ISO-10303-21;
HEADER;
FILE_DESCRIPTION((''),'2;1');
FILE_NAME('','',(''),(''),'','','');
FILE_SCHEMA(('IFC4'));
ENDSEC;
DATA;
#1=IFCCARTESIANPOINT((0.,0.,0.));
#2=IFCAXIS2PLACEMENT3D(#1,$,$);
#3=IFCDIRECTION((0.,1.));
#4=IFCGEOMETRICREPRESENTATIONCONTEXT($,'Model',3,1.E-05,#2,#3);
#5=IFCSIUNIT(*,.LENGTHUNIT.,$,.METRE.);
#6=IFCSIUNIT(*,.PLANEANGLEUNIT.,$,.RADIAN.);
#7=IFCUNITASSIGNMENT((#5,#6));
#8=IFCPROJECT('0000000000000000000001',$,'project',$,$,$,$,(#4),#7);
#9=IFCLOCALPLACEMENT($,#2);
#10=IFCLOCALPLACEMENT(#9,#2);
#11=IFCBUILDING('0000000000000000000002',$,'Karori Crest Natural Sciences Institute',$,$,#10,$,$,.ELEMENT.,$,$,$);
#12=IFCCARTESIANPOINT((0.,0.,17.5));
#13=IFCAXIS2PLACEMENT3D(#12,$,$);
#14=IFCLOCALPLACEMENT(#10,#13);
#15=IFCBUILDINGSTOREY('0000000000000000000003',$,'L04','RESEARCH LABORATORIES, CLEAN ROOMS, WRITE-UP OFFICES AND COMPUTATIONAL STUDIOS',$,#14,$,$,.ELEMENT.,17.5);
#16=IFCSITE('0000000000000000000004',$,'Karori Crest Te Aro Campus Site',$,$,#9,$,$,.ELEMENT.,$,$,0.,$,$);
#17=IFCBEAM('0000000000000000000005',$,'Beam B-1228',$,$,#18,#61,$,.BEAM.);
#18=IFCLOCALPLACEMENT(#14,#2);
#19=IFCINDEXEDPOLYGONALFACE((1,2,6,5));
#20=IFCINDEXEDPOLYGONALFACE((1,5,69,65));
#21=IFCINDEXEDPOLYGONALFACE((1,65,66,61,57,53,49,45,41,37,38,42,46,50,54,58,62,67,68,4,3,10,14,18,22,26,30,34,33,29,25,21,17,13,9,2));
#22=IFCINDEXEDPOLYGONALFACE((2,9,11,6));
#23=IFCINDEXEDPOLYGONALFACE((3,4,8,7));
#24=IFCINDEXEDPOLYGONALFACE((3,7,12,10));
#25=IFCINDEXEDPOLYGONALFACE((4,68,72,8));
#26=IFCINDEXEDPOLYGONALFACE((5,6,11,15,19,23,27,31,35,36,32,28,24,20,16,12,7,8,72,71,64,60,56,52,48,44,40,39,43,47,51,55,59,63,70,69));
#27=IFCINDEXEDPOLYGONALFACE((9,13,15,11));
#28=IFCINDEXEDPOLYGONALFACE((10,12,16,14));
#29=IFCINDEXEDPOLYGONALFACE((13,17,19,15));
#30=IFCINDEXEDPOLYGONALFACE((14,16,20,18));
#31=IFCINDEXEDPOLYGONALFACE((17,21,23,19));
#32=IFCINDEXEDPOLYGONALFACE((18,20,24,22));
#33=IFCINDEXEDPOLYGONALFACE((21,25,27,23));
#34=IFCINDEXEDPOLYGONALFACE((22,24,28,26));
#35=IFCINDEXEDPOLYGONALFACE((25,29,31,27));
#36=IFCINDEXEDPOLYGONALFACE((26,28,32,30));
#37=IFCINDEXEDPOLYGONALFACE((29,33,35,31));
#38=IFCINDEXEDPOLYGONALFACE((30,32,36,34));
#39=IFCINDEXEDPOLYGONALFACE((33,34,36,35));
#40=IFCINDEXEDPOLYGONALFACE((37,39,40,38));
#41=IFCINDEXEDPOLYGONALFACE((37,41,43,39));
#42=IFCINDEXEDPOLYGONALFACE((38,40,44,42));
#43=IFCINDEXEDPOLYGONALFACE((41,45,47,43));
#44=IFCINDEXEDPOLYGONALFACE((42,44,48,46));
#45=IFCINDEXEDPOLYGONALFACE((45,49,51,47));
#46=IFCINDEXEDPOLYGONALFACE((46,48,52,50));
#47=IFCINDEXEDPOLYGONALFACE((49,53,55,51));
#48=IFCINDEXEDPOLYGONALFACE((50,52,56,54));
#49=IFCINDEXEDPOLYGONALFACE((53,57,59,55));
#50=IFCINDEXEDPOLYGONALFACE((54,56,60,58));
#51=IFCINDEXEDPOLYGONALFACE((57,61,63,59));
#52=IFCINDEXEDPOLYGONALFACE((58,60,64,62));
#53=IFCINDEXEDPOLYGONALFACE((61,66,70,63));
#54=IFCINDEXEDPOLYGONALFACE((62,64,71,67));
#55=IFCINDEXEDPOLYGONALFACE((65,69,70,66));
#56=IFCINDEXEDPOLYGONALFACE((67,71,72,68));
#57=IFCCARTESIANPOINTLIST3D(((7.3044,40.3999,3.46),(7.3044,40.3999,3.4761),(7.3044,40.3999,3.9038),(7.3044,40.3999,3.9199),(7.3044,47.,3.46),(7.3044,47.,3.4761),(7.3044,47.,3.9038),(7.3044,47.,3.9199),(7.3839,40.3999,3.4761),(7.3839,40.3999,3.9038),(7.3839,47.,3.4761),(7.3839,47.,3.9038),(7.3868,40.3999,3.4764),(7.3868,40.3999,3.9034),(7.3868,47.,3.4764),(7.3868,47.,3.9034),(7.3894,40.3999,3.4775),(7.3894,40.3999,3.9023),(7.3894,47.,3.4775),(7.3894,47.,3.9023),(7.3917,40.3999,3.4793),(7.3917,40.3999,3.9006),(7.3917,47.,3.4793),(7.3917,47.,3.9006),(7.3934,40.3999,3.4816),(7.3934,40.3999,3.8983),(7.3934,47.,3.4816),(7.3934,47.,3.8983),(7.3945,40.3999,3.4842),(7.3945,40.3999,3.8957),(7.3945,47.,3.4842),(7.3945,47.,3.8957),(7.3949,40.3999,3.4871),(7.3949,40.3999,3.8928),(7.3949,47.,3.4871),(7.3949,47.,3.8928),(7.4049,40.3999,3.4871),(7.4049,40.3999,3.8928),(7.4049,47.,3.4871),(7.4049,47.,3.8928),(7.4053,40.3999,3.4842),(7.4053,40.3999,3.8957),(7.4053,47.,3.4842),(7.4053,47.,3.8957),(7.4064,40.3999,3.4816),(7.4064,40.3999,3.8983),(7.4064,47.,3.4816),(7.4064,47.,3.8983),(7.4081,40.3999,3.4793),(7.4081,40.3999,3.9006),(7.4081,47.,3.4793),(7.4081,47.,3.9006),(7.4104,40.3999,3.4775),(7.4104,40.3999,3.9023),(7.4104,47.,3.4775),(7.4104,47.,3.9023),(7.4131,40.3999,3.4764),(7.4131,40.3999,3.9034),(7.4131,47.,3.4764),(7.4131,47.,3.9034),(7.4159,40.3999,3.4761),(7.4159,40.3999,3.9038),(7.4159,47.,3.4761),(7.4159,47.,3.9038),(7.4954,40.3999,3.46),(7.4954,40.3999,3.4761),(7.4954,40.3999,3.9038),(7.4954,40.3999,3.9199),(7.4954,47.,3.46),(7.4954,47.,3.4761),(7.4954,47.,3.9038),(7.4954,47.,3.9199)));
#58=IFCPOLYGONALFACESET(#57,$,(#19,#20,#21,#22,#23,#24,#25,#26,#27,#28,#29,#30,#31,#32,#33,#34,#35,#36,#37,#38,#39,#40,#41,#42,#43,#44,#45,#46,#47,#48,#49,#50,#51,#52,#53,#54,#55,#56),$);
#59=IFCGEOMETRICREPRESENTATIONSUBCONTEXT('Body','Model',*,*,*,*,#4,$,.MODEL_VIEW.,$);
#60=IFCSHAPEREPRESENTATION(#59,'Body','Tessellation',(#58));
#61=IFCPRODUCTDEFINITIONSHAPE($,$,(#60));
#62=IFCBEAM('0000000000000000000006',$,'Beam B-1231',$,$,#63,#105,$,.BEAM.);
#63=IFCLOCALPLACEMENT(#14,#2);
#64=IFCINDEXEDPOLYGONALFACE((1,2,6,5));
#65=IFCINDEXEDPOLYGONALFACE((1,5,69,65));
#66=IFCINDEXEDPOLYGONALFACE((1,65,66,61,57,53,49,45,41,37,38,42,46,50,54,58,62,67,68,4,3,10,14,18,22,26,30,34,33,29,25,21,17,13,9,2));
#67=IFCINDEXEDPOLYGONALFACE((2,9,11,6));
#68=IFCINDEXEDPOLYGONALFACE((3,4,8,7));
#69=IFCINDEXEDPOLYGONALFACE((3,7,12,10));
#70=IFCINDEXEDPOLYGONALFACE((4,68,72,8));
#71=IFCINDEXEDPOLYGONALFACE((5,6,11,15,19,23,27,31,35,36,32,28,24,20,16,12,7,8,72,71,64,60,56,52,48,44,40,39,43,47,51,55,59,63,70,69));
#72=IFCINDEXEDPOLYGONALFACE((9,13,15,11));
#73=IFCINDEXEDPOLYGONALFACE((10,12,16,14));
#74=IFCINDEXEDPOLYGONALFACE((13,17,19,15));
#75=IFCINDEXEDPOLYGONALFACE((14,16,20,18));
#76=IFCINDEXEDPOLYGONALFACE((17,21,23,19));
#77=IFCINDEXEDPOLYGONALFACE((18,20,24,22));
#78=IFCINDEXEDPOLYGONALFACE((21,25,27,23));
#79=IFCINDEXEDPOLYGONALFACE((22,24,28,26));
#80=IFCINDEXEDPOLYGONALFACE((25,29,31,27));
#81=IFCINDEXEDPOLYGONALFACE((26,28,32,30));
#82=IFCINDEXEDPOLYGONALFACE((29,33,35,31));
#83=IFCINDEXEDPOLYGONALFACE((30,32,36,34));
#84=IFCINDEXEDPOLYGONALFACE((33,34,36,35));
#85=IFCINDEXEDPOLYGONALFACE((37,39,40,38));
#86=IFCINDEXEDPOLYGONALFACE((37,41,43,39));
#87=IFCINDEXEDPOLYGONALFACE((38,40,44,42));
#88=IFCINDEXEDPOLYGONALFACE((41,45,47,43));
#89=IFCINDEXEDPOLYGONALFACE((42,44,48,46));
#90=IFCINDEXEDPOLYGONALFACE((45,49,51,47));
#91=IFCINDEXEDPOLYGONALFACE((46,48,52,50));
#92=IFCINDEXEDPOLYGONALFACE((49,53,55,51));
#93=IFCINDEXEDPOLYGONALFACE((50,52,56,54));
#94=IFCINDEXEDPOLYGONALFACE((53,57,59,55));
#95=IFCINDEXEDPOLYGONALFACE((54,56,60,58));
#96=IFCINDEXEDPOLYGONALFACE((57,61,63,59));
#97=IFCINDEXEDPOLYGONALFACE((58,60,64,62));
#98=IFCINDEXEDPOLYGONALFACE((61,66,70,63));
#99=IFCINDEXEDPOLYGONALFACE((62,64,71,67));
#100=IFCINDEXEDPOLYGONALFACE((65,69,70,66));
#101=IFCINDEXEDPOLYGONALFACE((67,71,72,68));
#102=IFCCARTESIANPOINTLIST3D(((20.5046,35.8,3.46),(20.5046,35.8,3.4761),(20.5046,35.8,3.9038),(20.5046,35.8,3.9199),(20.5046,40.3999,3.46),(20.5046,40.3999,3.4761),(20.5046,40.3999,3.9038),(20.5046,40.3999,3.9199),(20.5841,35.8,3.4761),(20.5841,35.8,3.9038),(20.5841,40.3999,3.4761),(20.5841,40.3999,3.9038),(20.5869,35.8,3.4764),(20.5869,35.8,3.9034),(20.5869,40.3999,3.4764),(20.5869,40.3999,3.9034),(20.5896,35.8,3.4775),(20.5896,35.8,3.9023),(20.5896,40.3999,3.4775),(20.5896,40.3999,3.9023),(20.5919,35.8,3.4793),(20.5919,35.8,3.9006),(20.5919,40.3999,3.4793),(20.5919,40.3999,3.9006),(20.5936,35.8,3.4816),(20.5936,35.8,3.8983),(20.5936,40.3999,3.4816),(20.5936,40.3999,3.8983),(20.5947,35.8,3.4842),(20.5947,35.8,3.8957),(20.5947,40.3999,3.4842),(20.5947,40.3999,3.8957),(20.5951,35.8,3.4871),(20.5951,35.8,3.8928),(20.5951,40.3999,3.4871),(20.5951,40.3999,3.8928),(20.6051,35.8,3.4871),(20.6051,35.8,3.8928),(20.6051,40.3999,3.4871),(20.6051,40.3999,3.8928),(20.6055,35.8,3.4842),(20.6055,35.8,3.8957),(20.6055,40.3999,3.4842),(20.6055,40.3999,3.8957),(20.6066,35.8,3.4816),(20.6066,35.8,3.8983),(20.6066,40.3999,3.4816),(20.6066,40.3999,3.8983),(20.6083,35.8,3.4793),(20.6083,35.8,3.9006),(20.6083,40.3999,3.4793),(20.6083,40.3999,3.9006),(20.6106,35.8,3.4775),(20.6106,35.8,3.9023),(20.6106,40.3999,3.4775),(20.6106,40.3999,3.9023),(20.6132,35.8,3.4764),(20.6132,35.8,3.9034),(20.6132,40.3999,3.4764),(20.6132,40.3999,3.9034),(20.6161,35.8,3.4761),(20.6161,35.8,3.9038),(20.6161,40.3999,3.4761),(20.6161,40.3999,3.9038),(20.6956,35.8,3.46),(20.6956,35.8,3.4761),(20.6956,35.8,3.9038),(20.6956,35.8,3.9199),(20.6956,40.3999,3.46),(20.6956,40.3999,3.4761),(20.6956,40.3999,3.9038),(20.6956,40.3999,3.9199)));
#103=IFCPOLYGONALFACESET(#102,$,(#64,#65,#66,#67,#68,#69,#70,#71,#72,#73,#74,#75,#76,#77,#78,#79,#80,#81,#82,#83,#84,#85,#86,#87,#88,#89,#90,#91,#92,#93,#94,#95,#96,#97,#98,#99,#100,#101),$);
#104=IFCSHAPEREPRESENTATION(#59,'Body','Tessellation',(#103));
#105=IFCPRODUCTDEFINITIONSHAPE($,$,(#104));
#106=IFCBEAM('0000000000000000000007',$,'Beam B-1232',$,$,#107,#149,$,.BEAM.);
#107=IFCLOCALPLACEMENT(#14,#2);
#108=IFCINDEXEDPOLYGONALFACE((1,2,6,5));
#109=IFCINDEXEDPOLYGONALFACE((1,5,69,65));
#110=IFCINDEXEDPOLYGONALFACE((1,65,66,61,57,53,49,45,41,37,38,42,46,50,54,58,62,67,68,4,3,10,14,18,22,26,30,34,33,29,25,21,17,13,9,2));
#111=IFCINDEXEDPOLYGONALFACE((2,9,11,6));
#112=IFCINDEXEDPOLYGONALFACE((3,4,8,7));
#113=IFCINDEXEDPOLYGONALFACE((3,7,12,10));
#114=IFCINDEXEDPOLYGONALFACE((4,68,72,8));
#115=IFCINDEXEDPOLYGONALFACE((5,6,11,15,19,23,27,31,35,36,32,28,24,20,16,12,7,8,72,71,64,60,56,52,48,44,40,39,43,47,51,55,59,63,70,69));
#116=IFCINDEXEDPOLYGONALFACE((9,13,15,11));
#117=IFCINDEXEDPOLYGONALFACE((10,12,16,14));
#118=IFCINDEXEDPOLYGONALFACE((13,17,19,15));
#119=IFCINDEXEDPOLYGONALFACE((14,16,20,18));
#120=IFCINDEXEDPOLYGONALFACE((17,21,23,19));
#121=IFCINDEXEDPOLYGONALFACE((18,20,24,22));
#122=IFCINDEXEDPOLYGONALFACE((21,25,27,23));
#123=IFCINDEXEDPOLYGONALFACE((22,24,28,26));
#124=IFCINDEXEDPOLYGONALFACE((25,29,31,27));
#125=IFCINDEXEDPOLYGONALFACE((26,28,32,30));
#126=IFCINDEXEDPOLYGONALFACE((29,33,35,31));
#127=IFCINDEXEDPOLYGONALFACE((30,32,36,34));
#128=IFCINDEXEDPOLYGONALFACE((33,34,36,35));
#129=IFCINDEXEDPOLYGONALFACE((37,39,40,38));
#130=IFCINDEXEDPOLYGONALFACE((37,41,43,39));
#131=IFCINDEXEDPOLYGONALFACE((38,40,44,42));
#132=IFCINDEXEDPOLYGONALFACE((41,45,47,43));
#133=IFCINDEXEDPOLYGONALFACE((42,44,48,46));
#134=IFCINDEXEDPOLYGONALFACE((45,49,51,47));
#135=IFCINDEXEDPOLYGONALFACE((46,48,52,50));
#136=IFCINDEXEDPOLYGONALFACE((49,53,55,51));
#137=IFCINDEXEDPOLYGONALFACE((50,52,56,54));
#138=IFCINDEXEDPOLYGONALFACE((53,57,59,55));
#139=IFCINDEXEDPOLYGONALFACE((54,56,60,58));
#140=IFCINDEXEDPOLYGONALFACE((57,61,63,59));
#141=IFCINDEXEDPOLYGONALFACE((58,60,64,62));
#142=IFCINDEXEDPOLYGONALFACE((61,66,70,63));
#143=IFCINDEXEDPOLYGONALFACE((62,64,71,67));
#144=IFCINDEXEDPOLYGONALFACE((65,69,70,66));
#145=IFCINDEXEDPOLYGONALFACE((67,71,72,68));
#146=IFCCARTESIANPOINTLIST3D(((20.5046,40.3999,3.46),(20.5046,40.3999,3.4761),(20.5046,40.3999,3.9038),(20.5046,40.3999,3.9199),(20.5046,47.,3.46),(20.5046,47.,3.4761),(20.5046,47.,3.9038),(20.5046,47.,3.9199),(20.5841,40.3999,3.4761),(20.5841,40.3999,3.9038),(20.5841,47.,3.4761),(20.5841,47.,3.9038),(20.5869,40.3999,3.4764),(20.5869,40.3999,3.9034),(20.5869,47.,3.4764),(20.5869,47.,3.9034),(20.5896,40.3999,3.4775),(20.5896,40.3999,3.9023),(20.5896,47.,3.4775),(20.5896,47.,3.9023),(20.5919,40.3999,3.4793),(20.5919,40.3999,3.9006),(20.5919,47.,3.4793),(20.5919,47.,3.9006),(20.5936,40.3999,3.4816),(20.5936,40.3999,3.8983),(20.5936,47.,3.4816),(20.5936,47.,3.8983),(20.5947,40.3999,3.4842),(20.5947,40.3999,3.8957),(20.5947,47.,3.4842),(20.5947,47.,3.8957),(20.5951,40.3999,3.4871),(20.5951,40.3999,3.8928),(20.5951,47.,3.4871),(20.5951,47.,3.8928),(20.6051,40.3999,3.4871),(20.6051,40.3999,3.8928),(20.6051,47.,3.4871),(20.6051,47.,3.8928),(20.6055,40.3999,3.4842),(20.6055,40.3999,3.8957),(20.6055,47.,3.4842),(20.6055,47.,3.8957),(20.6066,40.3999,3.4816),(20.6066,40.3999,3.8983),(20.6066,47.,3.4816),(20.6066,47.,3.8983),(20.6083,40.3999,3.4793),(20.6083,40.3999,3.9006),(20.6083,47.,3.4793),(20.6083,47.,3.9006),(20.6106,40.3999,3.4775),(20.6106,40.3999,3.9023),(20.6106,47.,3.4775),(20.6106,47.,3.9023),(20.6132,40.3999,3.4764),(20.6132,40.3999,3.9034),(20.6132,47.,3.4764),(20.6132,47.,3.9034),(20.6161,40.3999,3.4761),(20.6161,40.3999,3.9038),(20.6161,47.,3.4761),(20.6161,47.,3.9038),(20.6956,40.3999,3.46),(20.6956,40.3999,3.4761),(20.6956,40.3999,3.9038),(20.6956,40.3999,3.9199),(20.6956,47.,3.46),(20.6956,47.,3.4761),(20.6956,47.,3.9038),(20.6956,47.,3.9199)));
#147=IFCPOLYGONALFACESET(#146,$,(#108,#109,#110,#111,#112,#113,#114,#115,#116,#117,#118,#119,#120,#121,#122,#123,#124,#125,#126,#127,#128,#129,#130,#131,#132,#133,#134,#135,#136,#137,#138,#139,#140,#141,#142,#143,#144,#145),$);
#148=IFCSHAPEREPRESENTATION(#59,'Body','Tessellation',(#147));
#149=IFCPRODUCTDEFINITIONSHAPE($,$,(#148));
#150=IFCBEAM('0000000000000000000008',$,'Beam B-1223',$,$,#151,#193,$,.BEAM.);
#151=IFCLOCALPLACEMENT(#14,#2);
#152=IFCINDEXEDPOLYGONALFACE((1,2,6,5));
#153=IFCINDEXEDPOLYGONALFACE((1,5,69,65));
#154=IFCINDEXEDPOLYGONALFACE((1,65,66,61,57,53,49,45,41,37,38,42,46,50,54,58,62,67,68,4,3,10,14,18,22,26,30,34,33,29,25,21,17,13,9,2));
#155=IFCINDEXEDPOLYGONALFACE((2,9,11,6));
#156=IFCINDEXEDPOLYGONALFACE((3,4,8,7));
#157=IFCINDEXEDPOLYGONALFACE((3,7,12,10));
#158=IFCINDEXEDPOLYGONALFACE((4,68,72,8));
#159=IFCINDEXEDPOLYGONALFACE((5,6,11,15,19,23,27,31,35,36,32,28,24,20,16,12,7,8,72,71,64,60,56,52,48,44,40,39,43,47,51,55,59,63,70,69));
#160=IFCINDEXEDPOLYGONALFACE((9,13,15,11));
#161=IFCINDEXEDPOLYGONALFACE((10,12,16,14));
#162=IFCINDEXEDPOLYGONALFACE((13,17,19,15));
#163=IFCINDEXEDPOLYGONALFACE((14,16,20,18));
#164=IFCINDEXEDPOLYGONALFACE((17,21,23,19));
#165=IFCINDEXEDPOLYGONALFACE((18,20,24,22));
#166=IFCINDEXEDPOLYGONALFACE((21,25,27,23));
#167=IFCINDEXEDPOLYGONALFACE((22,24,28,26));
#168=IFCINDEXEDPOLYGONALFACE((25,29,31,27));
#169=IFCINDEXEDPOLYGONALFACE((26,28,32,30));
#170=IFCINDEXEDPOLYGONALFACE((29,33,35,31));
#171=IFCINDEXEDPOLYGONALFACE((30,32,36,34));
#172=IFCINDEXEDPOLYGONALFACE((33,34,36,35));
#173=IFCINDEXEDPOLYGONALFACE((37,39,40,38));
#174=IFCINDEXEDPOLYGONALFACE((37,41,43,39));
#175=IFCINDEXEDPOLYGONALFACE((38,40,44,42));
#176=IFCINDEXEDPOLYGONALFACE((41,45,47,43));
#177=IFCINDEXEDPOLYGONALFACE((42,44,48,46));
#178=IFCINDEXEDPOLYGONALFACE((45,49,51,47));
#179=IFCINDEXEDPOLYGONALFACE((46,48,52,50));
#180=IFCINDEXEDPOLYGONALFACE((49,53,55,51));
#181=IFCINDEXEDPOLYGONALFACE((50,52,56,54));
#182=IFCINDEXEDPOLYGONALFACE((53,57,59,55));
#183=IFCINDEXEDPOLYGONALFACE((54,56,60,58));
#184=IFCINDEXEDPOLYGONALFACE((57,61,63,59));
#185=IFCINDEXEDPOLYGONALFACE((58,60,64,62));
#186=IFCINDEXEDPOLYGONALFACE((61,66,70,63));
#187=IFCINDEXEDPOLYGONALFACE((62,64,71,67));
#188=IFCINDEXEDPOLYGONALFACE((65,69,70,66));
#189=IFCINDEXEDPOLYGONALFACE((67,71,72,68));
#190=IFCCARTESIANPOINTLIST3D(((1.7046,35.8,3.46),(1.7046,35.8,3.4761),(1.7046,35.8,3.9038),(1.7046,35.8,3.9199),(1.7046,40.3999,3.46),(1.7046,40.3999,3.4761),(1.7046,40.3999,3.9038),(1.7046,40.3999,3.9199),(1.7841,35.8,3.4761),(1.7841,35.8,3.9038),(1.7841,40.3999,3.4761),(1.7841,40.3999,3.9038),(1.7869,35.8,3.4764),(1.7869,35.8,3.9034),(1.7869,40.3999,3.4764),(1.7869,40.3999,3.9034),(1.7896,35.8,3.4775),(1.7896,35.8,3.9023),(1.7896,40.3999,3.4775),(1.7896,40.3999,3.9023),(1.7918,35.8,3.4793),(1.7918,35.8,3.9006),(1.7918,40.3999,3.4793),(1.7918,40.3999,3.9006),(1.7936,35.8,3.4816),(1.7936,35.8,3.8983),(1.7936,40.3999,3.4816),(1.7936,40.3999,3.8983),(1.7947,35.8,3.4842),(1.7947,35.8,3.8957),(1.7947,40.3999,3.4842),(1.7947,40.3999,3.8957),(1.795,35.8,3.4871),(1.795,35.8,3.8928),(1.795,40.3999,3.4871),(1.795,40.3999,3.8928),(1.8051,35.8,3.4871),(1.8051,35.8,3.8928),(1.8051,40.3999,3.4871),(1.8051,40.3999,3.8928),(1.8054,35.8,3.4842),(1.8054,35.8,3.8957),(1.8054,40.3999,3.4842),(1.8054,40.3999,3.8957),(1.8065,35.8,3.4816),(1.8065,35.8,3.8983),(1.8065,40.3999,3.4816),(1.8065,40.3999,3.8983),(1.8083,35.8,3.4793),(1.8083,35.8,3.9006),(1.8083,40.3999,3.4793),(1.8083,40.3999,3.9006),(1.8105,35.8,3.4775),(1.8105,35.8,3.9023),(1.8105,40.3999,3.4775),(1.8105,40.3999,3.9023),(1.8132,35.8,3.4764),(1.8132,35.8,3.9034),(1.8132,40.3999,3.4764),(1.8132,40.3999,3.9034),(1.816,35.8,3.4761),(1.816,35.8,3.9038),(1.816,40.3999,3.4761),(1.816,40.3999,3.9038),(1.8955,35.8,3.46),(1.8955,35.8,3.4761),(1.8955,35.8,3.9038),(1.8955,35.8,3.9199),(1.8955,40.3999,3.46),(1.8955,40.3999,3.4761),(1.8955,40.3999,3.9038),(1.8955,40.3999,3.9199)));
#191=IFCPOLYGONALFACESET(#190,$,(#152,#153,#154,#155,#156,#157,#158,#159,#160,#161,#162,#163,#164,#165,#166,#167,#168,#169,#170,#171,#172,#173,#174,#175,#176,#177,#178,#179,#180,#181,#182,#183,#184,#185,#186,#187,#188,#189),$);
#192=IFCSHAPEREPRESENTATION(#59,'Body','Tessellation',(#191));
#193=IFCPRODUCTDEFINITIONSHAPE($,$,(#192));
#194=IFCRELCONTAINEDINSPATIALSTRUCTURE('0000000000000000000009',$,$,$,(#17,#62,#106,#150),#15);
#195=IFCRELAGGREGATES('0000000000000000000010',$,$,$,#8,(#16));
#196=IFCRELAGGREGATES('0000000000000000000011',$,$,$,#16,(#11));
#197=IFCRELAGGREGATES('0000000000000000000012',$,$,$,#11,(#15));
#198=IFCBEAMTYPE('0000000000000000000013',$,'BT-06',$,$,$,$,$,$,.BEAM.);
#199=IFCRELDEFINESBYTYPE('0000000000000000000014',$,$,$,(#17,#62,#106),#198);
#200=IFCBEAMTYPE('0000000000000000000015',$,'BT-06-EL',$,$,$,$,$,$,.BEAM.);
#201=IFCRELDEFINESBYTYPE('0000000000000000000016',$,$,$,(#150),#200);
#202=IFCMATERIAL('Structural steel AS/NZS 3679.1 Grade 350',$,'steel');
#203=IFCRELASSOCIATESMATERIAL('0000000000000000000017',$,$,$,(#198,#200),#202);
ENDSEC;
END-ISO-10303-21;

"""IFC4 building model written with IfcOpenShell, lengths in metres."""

from ifc_helpers import new_model, si_unit, direction, frame, origin, origin_2d, place, context, subcontext, project, spatial, i_section, extrude, material, material_profile, profile_set, type_object, element, save


model = new_model("IFC4")

# Units and contexts
model_context = context("Model", 3, precision=1e-05, world=origin(), true_north=direction((0.0, 1.0)))
body_context = subcontext(model_context, "Body", "Model", "MODEL_VIEW")
ifc_project = project(units=[si_unit("LENGTHUNIT", "METRE"), si_unit("PLANEANGLEUNIT", "RADIAN")], contexts=[model_context])

# Site, building, storey
site_placement = place(None, origin())
site = spatial("IfcSite", under=ifc_project, at=site_placement, Name="Karori Crest Te Aro Campus Site", CompositionType="ELEMENT", RefElevation=0.0)
building_placement = place(site_placement, origin())
building = spatial("IfcBuilding", under=site, at=building_placement, Name="Karori Crest Natural Sciences Institute", CompositionType="ELEMENT")
storey_placement = place(building_placement, frame((0.0, 0.0, 17.5)))
storey = spatial("IfcBuildingStorey", under=building, at=storey_placement, Name="L04", Description="RESEARCH LABORATORIES, CLEAN ROOMS, WRITE-UP OFFICES AND COMPUTATIONAL STUDIOS", CompositionType="ELEMENT", Elevation=17.5)

# Shared definitions
ifc_material_1 = material(Name="Structural steel AS/NZS 3679.1 Grade 350", Category="steel")

# Beams
ifc_material_profile_1 = material_profile(ifc_material_1, i_section(OverallWidth=0.1909, OverallDepth=0.46, WebThickness=0.01, FlangeThickness=0.0161, FilletRadius=0.011, at=origin_2d()), Name="460UB82.1")
ifc_profile_set_1 = profile_set([ifc_material_profile_1], Name="Structural steel AS/NZS 3679.1 Grade 350")
beam_type_1 = type_object("IfcBeamType", Name="BT-06", PredefinedType="BEAM", material=ifc_profile_set_1)
beam_1_placement = place(storey_placement, frame((7.3999, 40.3999, 3.6899), z_axis=(0.0, 1.0, 0.0), x_axis=(-1.0, 0.0, 0.0)))
element("IfcBeam", 1, at=beam_1_placement, inside=storey, type_object=beam_type_1, Name="Beam B-1228", PredefinedType="BEAM", context=body_context, shape_type="SweptSolid", body=[
    extrude(i_section(OverallWidth=0.1909, OverallDepth=0.46, WebThickness=0.01, FlangeThickness=0.0161, FilletRadius=0.011, at=origin_2d()), origin(), (0.0, 0.0, 1.0), 6.6001),
])
beam_2_placement = place(storey_placement, frame((20.6001, 35.8, 3.6899), z_axis=(0.0, 1.0, 0.0), x_axis=(-1.0, 0.0, 0.0)))
element("IfcBeam", 2, at=beam_2_placement, inside=storey, type_object=beam_type_1, Name="Beam B-1231", PredefinedType="BEAM", context=body_context, shape_type="SweptSolid", body=[
    extrude(i_section(OverallWidth=0.1909, OverallDepth=0.46, WebThickness=0.01, FlangeThickness=0.0161, FilletRadius=0.011, at=origin_2d()), origin(), (0.0, 0.0, 1.0), 4.5999),
])
beam_3_placement = place(storey_placement, frame((20.6001, 40.3999, 3.6899), z_axis=(0.0, 1.0, 0.0), x_axis=(-1.0, 0.0, 0.0)))
element("IfcBeam", 3, at=beam_3_placement, inside=storey, type_object=beam_type_1, Name="Beam B-1232", PredefinedType="BEAM", context=body_context, shape_type="SweptSolid", body=[
    extrude(i_section(OverallWidth=0.1909, OverallDepth=0.46, WebThickness=0.01, FlangeThickness=0.0161, FilletRadius=0.011, at=origin_2d()), origin(), (0.0, 0.0, 1.0), 6.6001),
])
ifc_material_profile_2 = material_profile(ifc_material_1, i_section(OverallWidth=0.1909, OverallDepth=0.46, WebThickness=0.01, FlangeThickness=0.0161, FilletRadius=0.011, at=origin_2d()), Name="460UB82.1")
ifc_profile_set_2 = profile_set([ifc_material_profile_2], Name="Structural steel AS/NZS 3679.1 Grade 350")
beam_type_2 = type_object("IfcBeamType", Name="BT-06-EL", PredefinedType="BEAM", material=ifc_profile_set_2)
beam_4_placement = place(storey_placement, frame((1.8, 35.8, 3.6899), z_axis=(0.0, 1.0, 0.0), x_axis=(-1.0, 0.0, 0.0)))
element("IfcBeam", 4, at=beam_4_placement, inside=storey, type_object=beam_type_2, Name="Beam B-1223", PredefinedType="BEAM", context=body_context, shape_type="SweptSolid", body=[
    extrude(i_section(OverallWidth=0.1909, OverallDepth=0.46, WebThickness=0.01, FlangeThickness=0.0161, FilletRadius=0.011, at=origin_2d()), origin(), (0.0, 0.0, 1.0), 4.5999),
])

save(model, "model.ifc")
